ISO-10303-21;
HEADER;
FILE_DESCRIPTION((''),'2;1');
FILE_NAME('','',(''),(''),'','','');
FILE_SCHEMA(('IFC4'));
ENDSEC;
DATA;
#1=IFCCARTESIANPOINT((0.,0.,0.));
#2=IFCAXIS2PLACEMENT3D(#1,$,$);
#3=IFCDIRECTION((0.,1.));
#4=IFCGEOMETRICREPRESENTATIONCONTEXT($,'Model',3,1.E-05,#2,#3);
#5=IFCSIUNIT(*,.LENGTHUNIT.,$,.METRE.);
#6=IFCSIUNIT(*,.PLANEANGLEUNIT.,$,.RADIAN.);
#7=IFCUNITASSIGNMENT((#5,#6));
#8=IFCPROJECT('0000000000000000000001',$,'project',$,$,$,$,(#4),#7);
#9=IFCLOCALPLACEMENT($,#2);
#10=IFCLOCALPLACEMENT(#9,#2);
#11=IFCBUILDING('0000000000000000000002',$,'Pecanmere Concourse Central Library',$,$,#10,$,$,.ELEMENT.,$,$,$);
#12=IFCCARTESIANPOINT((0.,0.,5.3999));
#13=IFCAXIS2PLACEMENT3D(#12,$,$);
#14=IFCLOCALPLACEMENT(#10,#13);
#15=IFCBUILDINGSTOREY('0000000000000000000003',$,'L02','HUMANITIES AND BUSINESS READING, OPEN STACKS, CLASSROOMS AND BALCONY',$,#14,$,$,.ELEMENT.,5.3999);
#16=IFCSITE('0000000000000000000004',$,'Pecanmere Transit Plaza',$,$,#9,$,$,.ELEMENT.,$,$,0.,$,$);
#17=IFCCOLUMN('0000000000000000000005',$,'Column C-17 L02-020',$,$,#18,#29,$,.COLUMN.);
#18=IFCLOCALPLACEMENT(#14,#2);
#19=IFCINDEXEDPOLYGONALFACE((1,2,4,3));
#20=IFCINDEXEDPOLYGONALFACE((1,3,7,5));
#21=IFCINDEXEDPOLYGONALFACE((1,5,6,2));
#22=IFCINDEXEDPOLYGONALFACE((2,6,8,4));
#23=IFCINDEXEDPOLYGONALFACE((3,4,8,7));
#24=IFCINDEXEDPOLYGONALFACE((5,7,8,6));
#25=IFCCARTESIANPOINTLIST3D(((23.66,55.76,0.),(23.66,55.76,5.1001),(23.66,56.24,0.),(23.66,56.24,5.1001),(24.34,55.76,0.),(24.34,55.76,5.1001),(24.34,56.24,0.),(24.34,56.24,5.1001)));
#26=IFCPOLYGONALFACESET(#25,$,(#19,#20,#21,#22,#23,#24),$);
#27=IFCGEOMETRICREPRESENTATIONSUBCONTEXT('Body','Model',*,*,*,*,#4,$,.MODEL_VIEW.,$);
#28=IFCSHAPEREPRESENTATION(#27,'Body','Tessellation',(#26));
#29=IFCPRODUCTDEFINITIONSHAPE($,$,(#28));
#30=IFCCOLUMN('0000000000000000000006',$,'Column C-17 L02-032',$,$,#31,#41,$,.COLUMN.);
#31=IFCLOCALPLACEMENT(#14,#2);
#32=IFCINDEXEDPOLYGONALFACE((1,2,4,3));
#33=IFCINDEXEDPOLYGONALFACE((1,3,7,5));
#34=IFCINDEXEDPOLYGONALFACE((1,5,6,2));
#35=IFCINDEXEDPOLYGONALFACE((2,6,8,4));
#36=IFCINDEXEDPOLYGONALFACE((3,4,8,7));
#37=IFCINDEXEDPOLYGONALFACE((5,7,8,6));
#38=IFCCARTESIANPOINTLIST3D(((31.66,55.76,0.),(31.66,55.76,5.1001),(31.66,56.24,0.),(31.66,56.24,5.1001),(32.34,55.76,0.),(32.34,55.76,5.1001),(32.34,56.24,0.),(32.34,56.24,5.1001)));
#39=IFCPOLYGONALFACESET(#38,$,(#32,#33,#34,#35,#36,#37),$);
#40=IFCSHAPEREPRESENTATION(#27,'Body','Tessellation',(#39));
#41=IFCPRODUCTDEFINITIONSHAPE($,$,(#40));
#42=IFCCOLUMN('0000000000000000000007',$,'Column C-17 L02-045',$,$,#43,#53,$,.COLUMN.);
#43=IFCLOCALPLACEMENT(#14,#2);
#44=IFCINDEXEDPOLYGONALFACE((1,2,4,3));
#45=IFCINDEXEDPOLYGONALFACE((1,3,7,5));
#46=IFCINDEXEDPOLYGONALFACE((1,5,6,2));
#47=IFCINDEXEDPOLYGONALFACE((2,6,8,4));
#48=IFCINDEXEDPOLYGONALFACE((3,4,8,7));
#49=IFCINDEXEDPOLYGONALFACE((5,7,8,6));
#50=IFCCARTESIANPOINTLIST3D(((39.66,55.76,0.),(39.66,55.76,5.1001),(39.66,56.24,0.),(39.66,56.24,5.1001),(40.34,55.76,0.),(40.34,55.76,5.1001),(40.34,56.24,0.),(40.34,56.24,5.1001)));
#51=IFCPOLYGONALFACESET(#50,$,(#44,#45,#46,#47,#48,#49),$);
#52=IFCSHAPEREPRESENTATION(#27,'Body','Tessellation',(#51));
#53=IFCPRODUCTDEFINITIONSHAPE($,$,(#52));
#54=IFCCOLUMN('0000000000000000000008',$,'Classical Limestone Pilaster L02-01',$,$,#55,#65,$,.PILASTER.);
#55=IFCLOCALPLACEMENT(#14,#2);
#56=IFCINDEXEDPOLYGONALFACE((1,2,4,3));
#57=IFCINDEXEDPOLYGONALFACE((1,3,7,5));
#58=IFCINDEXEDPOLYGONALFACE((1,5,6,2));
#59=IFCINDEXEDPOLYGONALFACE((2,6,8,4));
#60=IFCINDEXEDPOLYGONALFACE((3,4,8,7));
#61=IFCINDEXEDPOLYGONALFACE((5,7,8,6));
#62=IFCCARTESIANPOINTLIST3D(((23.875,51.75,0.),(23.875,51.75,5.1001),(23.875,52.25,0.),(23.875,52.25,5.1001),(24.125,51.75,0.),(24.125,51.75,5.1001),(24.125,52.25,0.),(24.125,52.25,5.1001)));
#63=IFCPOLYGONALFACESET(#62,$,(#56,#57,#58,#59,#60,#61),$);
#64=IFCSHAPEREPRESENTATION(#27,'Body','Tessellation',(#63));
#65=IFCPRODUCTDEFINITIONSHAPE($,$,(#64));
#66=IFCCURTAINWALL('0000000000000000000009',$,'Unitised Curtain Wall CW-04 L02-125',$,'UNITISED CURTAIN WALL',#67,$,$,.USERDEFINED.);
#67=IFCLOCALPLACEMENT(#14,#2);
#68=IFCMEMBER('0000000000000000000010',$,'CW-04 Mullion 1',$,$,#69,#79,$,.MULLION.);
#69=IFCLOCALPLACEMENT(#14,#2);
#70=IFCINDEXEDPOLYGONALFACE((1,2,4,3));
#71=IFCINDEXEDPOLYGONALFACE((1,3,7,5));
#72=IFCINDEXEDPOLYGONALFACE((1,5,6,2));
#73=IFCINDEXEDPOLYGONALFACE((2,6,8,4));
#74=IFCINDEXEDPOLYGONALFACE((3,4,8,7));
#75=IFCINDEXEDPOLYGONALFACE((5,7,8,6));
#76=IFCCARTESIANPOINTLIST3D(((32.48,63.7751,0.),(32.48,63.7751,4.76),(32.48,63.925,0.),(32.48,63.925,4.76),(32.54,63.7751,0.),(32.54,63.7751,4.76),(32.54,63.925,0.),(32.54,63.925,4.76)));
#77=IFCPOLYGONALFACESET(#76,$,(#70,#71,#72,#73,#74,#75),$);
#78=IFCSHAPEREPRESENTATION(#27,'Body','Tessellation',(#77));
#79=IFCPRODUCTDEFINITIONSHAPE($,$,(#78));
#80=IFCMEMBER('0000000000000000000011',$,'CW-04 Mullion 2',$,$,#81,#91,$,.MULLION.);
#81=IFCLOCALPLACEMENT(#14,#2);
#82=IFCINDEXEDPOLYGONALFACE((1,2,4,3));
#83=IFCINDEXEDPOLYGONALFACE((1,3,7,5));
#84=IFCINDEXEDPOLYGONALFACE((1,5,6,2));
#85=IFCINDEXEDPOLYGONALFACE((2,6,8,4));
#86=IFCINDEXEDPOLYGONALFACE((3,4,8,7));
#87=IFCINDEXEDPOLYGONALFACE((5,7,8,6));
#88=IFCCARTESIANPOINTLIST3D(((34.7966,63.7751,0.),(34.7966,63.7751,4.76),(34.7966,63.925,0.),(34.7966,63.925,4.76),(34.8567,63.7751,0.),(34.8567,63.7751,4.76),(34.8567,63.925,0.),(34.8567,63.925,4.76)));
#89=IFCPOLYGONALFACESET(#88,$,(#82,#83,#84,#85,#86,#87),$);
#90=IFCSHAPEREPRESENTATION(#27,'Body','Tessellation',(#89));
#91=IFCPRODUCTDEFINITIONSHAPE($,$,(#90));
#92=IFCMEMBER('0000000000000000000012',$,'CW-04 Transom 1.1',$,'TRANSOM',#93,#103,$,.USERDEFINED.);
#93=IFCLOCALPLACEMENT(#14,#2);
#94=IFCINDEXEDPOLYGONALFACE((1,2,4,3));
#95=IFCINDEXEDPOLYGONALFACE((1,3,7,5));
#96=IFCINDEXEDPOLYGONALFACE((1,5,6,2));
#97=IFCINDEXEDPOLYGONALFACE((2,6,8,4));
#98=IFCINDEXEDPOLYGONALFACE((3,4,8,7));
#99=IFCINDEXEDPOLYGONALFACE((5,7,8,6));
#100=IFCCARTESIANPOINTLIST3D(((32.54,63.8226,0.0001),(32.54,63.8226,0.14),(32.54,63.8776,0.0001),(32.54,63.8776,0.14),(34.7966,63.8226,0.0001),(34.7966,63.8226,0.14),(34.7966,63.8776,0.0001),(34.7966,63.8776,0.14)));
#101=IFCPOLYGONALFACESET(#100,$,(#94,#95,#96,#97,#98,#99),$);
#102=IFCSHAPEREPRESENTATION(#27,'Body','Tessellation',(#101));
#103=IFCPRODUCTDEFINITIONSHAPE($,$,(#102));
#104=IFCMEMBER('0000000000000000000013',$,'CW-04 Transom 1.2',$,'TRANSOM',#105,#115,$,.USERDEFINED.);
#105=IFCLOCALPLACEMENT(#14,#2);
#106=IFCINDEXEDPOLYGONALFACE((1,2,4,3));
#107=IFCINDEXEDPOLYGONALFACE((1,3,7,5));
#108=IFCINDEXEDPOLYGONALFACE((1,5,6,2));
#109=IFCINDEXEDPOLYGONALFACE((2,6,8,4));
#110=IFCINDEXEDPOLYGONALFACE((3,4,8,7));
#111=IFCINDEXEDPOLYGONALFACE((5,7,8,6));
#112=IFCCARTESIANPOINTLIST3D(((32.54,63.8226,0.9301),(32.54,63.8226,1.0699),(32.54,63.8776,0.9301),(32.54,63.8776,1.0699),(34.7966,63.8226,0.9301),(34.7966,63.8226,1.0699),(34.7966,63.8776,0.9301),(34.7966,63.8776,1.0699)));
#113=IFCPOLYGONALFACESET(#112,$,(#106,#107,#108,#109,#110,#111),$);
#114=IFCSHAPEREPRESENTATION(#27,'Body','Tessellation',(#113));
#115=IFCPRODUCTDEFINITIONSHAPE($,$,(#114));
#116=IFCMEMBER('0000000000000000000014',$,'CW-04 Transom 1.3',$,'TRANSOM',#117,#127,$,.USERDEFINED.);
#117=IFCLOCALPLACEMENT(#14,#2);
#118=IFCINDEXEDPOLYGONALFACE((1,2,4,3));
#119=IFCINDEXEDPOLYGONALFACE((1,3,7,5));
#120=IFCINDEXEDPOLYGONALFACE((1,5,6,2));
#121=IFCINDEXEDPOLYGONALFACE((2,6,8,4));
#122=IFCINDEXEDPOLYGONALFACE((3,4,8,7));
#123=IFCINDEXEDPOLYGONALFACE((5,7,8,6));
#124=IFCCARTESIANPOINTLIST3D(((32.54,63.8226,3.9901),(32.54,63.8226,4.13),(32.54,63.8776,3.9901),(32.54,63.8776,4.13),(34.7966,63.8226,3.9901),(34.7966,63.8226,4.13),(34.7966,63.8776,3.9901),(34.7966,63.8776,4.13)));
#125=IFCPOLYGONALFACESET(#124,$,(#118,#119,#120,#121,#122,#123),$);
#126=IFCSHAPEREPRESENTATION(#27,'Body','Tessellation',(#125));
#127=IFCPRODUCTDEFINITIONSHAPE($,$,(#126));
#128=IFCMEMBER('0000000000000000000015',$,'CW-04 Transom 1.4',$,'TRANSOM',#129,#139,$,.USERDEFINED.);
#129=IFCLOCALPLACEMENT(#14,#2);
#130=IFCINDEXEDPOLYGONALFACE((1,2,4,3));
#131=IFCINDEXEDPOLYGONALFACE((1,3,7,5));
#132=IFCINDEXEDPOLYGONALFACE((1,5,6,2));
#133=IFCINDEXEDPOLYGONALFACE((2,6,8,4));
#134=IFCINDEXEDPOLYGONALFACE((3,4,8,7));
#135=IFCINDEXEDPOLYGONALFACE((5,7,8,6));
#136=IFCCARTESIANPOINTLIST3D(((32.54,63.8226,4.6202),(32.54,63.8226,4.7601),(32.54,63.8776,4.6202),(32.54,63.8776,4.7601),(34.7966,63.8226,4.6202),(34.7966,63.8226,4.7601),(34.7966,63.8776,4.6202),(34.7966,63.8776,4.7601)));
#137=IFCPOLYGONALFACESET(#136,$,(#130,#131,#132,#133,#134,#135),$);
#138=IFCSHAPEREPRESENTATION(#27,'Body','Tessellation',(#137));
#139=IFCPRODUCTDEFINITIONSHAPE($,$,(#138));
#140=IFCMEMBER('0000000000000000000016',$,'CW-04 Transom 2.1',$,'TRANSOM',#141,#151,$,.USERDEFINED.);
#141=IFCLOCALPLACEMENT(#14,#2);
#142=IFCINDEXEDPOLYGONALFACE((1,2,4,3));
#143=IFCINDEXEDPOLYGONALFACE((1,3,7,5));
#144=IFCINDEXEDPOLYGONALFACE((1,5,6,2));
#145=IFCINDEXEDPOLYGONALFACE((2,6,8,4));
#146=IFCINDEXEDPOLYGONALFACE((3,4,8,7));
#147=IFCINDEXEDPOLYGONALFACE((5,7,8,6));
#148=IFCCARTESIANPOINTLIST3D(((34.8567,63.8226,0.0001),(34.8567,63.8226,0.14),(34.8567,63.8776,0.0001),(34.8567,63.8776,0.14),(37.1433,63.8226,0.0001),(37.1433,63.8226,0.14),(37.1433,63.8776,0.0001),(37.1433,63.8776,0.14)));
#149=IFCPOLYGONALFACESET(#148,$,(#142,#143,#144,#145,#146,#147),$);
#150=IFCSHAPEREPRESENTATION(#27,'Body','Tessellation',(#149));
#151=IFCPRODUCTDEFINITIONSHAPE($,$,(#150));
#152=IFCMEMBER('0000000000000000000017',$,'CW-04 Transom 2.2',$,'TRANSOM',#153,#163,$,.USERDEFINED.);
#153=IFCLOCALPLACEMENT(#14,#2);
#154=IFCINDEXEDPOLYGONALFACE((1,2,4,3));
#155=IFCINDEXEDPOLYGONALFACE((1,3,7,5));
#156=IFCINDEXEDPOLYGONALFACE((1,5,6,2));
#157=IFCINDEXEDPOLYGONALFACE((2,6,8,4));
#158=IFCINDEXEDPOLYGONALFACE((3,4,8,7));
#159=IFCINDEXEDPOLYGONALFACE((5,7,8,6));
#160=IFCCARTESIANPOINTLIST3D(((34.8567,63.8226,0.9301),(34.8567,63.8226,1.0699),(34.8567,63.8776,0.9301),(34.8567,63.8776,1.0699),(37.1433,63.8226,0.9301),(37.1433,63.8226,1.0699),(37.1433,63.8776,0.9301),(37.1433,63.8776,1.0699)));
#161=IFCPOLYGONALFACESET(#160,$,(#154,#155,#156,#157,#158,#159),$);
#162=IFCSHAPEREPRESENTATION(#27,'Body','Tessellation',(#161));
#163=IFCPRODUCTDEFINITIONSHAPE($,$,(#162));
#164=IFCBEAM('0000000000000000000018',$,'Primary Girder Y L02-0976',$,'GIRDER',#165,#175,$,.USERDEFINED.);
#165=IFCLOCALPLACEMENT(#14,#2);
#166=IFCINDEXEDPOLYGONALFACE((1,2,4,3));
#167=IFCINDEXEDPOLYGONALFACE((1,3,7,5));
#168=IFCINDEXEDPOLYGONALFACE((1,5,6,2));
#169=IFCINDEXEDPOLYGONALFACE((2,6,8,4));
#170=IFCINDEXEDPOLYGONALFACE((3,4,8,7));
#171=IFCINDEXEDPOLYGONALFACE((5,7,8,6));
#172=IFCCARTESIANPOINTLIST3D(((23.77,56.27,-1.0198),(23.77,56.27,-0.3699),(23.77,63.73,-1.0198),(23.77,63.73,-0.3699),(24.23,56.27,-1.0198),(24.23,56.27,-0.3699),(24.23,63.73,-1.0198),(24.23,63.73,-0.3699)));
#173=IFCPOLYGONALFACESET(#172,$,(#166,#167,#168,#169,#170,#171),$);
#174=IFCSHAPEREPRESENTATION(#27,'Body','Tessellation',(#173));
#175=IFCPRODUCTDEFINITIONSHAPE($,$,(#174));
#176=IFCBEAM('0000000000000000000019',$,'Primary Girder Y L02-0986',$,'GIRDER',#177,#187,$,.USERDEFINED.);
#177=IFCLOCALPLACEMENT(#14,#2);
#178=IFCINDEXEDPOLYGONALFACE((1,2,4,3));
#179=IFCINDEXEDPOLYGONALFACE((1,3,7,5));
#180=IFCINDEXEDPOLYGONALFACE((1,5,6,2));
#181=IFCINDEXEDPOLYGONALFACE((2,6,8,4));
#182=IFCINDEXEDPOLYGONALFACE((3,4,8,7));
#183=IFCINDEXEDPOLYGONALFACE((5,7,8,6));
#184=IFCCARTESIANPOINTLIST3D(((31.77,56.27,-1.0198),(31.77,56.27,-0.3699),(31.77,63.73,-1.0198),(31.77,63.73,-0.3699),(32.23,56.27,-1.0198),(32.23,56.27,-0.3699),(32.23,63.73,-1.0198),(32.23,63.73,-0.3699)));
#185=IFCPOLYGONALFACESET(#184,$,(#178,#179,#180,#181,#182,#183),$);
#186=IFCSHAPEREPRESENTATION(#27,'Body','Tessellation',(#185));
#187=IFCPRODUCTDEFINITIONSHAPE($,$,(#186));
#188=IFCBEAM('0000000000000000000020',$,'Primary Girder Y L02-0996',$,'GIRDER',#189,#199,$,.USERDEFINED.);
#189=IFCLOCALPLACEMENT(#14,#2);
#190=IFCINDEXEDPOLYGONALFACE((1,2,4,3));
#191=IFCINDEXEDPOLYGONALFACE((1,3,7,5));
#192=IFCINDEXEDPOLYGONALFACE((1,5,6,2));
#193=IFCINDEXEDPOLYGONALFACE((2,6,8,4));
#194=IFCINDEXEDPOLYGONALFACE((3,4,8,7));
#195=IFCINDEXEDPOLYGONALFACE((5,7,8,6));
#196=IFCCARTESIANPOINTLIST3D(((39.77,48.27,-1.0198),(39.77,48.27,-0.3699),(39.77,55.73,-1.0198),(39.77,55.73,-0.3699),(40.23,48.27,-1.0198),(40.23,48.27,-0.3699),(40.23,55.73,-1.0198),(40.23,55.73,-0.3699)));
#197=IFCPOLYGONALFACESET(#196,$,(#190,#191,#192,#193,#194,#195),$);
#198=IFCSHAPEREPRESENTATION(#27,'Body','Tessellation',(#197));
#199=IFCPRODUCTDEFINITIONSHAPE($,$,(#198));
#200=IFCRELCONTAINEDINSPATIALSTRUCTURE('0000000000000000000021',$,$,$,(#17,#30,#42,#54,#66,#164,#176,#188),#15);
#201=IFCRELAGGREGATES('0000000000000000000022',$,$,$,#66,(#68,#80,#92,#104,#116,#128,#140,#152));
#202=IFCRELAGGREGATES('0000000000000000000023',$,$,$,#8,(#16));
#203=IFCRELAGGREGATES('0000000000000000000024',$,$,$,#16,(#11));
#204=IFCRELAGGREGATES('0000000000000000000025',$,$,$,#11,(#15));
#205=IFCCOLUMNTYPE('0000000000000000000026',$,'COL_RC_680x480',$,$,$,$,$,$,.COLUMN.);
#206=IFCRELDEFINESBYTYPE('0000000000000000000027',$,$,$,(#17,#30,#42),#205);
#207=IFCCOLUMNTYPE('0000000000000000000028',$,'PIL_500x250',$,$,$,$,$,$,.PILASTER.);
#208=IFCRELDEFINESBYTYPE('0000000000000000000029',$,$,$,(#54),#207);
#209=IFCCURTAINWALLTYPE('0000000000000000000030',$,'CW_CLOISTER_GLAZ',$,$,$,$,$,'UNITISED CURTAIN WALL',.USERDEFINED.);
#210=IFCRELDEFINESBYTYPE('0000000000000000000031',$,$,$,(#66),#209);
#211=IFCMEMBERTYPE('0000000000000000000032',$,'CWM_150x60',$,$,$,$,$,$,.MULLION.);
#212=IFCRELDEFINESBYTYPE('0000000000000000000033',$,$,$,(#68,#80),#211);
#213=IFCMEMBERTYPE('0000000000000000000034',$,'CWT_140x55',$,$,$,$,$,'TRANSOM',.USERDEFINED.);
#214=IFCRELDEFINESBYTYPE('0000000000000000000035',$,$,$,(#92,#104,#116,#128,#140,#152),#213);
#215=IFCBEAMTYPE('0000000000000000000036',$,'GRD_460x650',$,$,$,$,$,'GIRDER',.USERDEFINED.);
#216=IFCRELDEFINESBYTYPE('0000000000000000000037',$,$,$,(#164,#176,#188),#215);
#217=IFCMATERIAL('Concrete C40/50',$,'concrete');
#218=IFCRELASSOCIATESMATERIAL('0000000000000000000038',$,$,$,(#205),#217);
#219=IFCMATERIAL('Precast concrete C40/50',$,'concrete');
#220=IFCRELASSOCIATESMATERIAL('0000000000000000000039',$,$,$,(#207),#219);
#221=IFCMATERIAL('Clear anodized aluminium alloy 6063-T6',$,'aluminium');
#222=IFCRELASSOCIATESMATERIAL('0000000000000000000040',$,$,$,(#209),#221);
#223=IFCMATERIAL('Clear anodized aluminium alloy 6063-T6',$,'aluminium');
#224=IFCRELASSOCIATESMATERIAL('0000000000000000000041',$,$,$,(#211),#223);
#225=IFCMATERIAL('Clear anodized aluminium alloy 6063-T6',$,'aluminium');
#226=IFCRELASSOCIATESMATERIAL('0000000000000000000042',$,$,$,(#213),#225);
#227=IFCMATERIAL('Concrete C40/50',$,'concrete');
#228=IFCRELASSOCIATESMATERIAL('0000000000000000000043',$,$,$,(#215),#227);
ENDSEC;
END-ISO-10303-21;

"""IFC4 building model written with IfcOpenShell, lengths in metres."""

from ifc_helpers import new_model, si_unit, direction, frame, origin, origin_2d, place, context, subcontext, project, spatial, rectangle, extrude, material, material_profile, profile_set, type_object, element, aggregate, save


model = new_model("IFC4")

# Units and contexts
model_context = context("Model", 3, precision=1e-05, world=origin(), true_north=direction((0.0, 1.0)))
body_context = subcontext(model_context, "Body", "Model", "MODEL_VIEW")
ifc_project = project(units=[si_unit("LENGTHUNIT", "METRE"), si_unit("PLANEANGLEUNIT", "RADIAN")], contexts=[model_context])

# Site, building, storey
site_placement = place(None, origin())
site = spatial("IfcSite", under=ifc_project, at=site_placement, Name="Pecanmere Transit Plaza", CompositionType="ELEMENT", RefElevation=0.0)
building_placement = place(site_placement, origin())
building = spatial("IfcBuilding", under=site, at=building_placement, Name="Pecanmere Concourse Central Library", CompositionType="ELEMENT")
storey_placement = place(building_placement, frame((0.0, 0.0, 5.3999)))
storey = spatial("IfcBuildingStorey", under=building, at=storey_placement, Name="L02", Description="HUMANITIES AND BUSINESS READING, OPEN STACKS, CLASSROOMS AND BALCONY", CompositionType="ELEMENT", Elevation=5.3999)

# Columns
ifc_material_1 = material(Name="Concrete C40/50", Category="concrete")
ifc_material_profile_1 = material_profile(ifc_material_1, rectangle(XDim=0.6799, YDim=0.48, at=origin_2d()), Name="RC 680x480")
ifc_profile_set_1 = profile_set([ifc_material_profile_1], Name="Concrete C40/50")
column_type_1 = type_object("IfcColumnType", Name="COL_RC_680x480", PredefinedType="COLUMN", material=ifc_profile_set_1)
for number, where, z_axis, x_axis, name in (
    (1, (24.0, 56.0, 0.0), (0.0, 0.0, 1.0), (1.0, 0.0, 0.0), "Column C-17 L02-020"),
    (2, (32.0, 56.0, 0.0), (0.0, 0.0, 1.0), (1.0, 0.0, 0.0), "Column C-17 L02-032"),
    (3, (40.0, 56.0, 0.0), (0.0, 0.0, 1.0), (1.0, 0.0, 0.0), "Column C-17 L02-045"),
):
    element("IfcColumn", number, at=place(storey_placement, frame(where, z_axis=z_axis, x_axis=x_axis)), inside=storey, type_object=column_type_1, Name=name, PredefinedType="COLUMN", context=body_context, shape_type="SweptSolid", body=[
        extrude(rectangle(XDim=0.6799, YDim=0.48, at=origin_2d()), origin(), (0.0, 0.0, 1.0), 5.1001),
    ])
ifc_material_2 = material(Name="Precast concrete C40/50", Category="concrete")
ifc_material_profile_2 = material_profile(ifc_material_2, rectangle(XDim=0.5, YDim=0.25, at=origin_2d()), Name="RC 500x250")
ifc_profile_set_2 = profile_set([ifc_material_profile_2], Name="Precast concrete C40/50")
column_type_2 = type_object("IfcColumnType", Name="PIL_500x250", PredefinedType="PILASTER", material=ifc_profile_set_2)
column_placement = place(storey_placement, frame((24.0, 52.0, 0.0), z_axis=(0.0, 0.0, 1.0), x_axis=(0.0, 1.0, 0.0)))
element("IfcColumn", 4, at=column_placement, inside=storey, type_object=column_type_2, Name="Classical Limestone Pilaster L02-01", PredefinedType="PILASTER", context=body_context, shape_type="SweptSolid", body=[
    extrude(rectangle(XDim=0.5, YDim=0.25, at=origin_2d()), origin(), (0.0, 0.0, 1.0), 5.1001),
])

# Curtain wall, members
ifc_material_3 = material(Name="Clear anodized aluminium alloy 6063-T6", Category="aluminium")
curtain_wall_type = type_object("IfcCurtainWallType", Name="CW_CLOISTER_GLAZ", ElementType="UNITISED CURTAIN WALL", PredefinedType="USERDEFINED", material=ifc_material_3)
curtain_wall_placement = place(storey_placement, origin())
curtain_wall = element("IfcCurtainWall", 5, at=curtain_wall_placement, inside=storey, type_object=curtain_wall_type, Name="Unitised Curtain Wall CW-04 L02-125", ObjectType="UNITISED CURTAIN WALL", PredefinedType="USERDEFINED")
ifc_material_4 = material(Name="Clear anodized aluminium alloy 6063-T6", Category="aluminium")
ifc_material_profile_3 = material_profile(ifc_material_4, rectangle(XDim=0.0601, YDim=0.1499, at=origin_2d()), Name="AL 60x150")
ifc_profile_set_3 = profile_set([ifc_material_profile_3], Name="Clear anodized aluminium alloy 6063-T6")
member_type_1 = type_object("IfcMemberType", Name="CWM_150x60", PredefinedType="MULLION", material=ifc_profile_set_3)
member_1_placement = place(storey_placement, frame((32.51, 63.8501, 0.0), z_axis=(0.0, 0.0, 1.0), x_axis=(1.0, 0.0, 0.0)))
member_1 = element("IfcMember", 6, at=member_1_placement, type_object=member_type_1, Name="CW-04 Mullion 1", PredefinedType="MULLION", context=body_context, shape_type="SweptSolid", body=[
    extrude(rectangle(XDim=0.0601, YDim=0.1499, at=origin_2d()), origin(), (0.0, 0.0, 1.0), 4.76),
])
member_2_placement = place(storey_placement, frame((34.8267, 63.8501, 0.0), z_axis=(0.0, 0.0, 1.0), x_axis=(1.0, 0.0, 0.0)))
member_2 = element("IfcMember", 7, at=member_2_placement, type_object=member_type_1, Name="CW-04 Mullion 2", PredefinedType="MULLION", context=body_context, shape_type="SweptSolid", body=[
    extrude(rectangle(XDim=0.0601, YDim=0.1499, at=origin_2d()), origin(), (0.0, 0.0, 1.0), 4.76),
])
ifc_material_5 = material(Name="Clear anodized aluminium alloy 6063-T6", Category="aluminium")
ifc_material_profile_4 = material_profile(ifc_material_5, rectangle(XDim=0.0549, YDim=0.1399, at=origin_2d()), Name="AL 55x140")
ifc_profile_set_4 = profile_set([ifc_material_profile_4], Name="Clear anodized aluminium alloy 6063-T6")
member_type_2 = type_object("IfcMemberType", Name="CWT_140x55", ElementType="TRANSOM", PredefinedType="USERDEFINED", material=ifc_profile_set_4)
member_3_placement = place(storey_placement, frame((32.54, 63.8501, 0.0701), z_axis=(1.0, 0.0, 0.0), x_axis=(0.0, 1.0, 0.0)))
member_3 = element("IfcMember", 8, at=member_3_placement, type_object=member_type_2, Name="CW-04 Transom 1.1", ObjectType="TRANSOM", PredefinedType="USERDEFINED", context=body_context, shape_type="SweptSolid", body=[
    extrude(rectangle(XDim=0.0549, YDim=0.1399, at=origin_2d()), origin(), (0.0, 0.0, 1.0), 2.2566),
])
member_4_placement = place(storey_placement, frame((32.54, 63.8501, 1.0), z_axis=(1.0, 0.0, 0.0), x_axis=(0.0, 1.0, 0.0)))
member_4 = element("IfcMember", 9, at=member_4_placement, type_object=member_type_2, Name="CW-04 Transom 1.2", ObjectType="TRANSOM", PredefinedType="USERDEFINED", context=body_context, shape_type="SweptSolid", body=[
    extrude(rectangle(XDim=0.0549, YDim=0.1399, at=origin_2d()), origin(), (0.0, 0.0, 1.0), 2.2566),
])
member_5_placement = place(storey_placement, frame((32.54, 63.8501, 4.0601), z_axis=(1.0, 0.0, 0.0), x_axis=(0.0, 1.0, 0.0)))
member_5 = element("IfcMember", 10, at=member_5_placement, type_object=member_type_2, Name="CW-04 Transom 1.3", ObjectType="TRANSOM", PredefinedType="USERDEFINED", context=body_context, shape_type="SweptSolid", body=[
    extrude(rectangle(XDim=0.0549, YDim=0.1399, at=origin_2d()), origin(), (0.0, 0.0, 1.0), 2.2566),
])
member_6_placement = place(storey_placement, frame((32.54, 63.8501, 4.6902), z_axis=(1.0, 0.0, 0.0), x_axis=(0.0, 1.0, 0.0)))
member_6 = element("IfcMember", 11, at=member_6_placement, type_object=member_type_2, Name="CW-04 Transom 1.4", ObjectType="TRANSOM", PredefinedType="USERDEFINED", context=body_context, shape_type="SweptSolid", body=[
    extrude(rectangle(XDim=0.0549, YDim=0.1399, at=origin_2d()), origin(), (0.0, 0.0, 1.0), 2.2566),
])
member_7_placement = place(storey_placement, frame((34.8567, 63.8501, 0.0701), z_axis=(1.0, 0.0, 0.0), x_axis=(0.0, 1.0, 0.0)))
member_7 = element("IfcMember", 12, at=member_7_placement, type_object=member_type_2, Name="CW-04 Transom 2.1", ObjectType="TRANSOM", PredefinedType="USERDEFINED", context=body_context, shape_type="SweptSolid", body=[
    extrude(rectangle(XDim=0.0549, YDim=0.1399, at=origin_2d()), origin(), (0.0, 0.0, 1.0), 2.2866),
])
member_8_placement = place(storey_placement, frame((34.8567, 63.8501, 1.0), z_axis=(1.0, 0.0, 0.0), x_axis=(0.0, 1.0, 0.0)))
member_8 = element("IfcMember", 13, at=member_8_placement, type_object=member_type_2, Name="CW-04 Transom 2.2", ObjectType="TRANSOM", PredefinedType="USERDEFINED", context=body_context, shape_type="SweptSolid", body=[
    extrude(rectangle(XDim=0.0549, YDim=0.1399, at=origin_2d()), origin(), (0.0, 0.0, 1.0), 2.2866),
])

# Beams
ifc_material_6 = material(Name="Concrete C40/50", Category="concrete")
ifc_material_profile_5 = material_profile(ifc_material_6, rectangle(XDim=0.46, YDim=0.6499, at=origin_2d()), Name="RC 460x650")
ifc_profile_set_5 = profile_set([ifc_material_profile_5], Name="Concrete C40/50")
beam_type_1 = type_object("IfcBeamType", Name="GRD_460x650", ElementType="GIRDER", PredefinedType="USERDEFINED", material=ifc_profile_set_5)
for number, where, z_axis, x_axis, name in (
    (14, (24.0, 56.27, -0.6948), (0.0, 1.0, 0.0), (-1.0, 0.0, 0.0), "Primary Girder Y L02-0976"),
    (15, (32.0, 56.27, -0.6948), (0.0, 1.0, 0.0), (-1.0, 0.0, 0.0), "Primary Girder Y L02-0986"),
    (16, (40.0, 48.27, -0.6948), (0.0, 1.0, 0.0), (-1.0, 0.0, 0.0), "Primary Girder Y L02-0996"),
):
    element("IfcBeam", number, at=place(storey_placement, frame(where, z_axis=z_axis, x_axis=x_axis)), inside=storey, type_object=beam_type_1, Name=name, ObjectType="GIRDER", PredefinedType="USERDEFINED", context=body_context, shape_type="SweptSolid", body=[
        extrude(rectangle(XDim=0.46, YDim=0.6499, at=origin_2d()), origin(), (0.0, 0.0, 1.0), 7.46),
    ])

aggregate(curtain_wall, [member_1, member_2, member_3, member_4, member_5, member_6, member_7, member_8])

save(model, "model.ifc")
